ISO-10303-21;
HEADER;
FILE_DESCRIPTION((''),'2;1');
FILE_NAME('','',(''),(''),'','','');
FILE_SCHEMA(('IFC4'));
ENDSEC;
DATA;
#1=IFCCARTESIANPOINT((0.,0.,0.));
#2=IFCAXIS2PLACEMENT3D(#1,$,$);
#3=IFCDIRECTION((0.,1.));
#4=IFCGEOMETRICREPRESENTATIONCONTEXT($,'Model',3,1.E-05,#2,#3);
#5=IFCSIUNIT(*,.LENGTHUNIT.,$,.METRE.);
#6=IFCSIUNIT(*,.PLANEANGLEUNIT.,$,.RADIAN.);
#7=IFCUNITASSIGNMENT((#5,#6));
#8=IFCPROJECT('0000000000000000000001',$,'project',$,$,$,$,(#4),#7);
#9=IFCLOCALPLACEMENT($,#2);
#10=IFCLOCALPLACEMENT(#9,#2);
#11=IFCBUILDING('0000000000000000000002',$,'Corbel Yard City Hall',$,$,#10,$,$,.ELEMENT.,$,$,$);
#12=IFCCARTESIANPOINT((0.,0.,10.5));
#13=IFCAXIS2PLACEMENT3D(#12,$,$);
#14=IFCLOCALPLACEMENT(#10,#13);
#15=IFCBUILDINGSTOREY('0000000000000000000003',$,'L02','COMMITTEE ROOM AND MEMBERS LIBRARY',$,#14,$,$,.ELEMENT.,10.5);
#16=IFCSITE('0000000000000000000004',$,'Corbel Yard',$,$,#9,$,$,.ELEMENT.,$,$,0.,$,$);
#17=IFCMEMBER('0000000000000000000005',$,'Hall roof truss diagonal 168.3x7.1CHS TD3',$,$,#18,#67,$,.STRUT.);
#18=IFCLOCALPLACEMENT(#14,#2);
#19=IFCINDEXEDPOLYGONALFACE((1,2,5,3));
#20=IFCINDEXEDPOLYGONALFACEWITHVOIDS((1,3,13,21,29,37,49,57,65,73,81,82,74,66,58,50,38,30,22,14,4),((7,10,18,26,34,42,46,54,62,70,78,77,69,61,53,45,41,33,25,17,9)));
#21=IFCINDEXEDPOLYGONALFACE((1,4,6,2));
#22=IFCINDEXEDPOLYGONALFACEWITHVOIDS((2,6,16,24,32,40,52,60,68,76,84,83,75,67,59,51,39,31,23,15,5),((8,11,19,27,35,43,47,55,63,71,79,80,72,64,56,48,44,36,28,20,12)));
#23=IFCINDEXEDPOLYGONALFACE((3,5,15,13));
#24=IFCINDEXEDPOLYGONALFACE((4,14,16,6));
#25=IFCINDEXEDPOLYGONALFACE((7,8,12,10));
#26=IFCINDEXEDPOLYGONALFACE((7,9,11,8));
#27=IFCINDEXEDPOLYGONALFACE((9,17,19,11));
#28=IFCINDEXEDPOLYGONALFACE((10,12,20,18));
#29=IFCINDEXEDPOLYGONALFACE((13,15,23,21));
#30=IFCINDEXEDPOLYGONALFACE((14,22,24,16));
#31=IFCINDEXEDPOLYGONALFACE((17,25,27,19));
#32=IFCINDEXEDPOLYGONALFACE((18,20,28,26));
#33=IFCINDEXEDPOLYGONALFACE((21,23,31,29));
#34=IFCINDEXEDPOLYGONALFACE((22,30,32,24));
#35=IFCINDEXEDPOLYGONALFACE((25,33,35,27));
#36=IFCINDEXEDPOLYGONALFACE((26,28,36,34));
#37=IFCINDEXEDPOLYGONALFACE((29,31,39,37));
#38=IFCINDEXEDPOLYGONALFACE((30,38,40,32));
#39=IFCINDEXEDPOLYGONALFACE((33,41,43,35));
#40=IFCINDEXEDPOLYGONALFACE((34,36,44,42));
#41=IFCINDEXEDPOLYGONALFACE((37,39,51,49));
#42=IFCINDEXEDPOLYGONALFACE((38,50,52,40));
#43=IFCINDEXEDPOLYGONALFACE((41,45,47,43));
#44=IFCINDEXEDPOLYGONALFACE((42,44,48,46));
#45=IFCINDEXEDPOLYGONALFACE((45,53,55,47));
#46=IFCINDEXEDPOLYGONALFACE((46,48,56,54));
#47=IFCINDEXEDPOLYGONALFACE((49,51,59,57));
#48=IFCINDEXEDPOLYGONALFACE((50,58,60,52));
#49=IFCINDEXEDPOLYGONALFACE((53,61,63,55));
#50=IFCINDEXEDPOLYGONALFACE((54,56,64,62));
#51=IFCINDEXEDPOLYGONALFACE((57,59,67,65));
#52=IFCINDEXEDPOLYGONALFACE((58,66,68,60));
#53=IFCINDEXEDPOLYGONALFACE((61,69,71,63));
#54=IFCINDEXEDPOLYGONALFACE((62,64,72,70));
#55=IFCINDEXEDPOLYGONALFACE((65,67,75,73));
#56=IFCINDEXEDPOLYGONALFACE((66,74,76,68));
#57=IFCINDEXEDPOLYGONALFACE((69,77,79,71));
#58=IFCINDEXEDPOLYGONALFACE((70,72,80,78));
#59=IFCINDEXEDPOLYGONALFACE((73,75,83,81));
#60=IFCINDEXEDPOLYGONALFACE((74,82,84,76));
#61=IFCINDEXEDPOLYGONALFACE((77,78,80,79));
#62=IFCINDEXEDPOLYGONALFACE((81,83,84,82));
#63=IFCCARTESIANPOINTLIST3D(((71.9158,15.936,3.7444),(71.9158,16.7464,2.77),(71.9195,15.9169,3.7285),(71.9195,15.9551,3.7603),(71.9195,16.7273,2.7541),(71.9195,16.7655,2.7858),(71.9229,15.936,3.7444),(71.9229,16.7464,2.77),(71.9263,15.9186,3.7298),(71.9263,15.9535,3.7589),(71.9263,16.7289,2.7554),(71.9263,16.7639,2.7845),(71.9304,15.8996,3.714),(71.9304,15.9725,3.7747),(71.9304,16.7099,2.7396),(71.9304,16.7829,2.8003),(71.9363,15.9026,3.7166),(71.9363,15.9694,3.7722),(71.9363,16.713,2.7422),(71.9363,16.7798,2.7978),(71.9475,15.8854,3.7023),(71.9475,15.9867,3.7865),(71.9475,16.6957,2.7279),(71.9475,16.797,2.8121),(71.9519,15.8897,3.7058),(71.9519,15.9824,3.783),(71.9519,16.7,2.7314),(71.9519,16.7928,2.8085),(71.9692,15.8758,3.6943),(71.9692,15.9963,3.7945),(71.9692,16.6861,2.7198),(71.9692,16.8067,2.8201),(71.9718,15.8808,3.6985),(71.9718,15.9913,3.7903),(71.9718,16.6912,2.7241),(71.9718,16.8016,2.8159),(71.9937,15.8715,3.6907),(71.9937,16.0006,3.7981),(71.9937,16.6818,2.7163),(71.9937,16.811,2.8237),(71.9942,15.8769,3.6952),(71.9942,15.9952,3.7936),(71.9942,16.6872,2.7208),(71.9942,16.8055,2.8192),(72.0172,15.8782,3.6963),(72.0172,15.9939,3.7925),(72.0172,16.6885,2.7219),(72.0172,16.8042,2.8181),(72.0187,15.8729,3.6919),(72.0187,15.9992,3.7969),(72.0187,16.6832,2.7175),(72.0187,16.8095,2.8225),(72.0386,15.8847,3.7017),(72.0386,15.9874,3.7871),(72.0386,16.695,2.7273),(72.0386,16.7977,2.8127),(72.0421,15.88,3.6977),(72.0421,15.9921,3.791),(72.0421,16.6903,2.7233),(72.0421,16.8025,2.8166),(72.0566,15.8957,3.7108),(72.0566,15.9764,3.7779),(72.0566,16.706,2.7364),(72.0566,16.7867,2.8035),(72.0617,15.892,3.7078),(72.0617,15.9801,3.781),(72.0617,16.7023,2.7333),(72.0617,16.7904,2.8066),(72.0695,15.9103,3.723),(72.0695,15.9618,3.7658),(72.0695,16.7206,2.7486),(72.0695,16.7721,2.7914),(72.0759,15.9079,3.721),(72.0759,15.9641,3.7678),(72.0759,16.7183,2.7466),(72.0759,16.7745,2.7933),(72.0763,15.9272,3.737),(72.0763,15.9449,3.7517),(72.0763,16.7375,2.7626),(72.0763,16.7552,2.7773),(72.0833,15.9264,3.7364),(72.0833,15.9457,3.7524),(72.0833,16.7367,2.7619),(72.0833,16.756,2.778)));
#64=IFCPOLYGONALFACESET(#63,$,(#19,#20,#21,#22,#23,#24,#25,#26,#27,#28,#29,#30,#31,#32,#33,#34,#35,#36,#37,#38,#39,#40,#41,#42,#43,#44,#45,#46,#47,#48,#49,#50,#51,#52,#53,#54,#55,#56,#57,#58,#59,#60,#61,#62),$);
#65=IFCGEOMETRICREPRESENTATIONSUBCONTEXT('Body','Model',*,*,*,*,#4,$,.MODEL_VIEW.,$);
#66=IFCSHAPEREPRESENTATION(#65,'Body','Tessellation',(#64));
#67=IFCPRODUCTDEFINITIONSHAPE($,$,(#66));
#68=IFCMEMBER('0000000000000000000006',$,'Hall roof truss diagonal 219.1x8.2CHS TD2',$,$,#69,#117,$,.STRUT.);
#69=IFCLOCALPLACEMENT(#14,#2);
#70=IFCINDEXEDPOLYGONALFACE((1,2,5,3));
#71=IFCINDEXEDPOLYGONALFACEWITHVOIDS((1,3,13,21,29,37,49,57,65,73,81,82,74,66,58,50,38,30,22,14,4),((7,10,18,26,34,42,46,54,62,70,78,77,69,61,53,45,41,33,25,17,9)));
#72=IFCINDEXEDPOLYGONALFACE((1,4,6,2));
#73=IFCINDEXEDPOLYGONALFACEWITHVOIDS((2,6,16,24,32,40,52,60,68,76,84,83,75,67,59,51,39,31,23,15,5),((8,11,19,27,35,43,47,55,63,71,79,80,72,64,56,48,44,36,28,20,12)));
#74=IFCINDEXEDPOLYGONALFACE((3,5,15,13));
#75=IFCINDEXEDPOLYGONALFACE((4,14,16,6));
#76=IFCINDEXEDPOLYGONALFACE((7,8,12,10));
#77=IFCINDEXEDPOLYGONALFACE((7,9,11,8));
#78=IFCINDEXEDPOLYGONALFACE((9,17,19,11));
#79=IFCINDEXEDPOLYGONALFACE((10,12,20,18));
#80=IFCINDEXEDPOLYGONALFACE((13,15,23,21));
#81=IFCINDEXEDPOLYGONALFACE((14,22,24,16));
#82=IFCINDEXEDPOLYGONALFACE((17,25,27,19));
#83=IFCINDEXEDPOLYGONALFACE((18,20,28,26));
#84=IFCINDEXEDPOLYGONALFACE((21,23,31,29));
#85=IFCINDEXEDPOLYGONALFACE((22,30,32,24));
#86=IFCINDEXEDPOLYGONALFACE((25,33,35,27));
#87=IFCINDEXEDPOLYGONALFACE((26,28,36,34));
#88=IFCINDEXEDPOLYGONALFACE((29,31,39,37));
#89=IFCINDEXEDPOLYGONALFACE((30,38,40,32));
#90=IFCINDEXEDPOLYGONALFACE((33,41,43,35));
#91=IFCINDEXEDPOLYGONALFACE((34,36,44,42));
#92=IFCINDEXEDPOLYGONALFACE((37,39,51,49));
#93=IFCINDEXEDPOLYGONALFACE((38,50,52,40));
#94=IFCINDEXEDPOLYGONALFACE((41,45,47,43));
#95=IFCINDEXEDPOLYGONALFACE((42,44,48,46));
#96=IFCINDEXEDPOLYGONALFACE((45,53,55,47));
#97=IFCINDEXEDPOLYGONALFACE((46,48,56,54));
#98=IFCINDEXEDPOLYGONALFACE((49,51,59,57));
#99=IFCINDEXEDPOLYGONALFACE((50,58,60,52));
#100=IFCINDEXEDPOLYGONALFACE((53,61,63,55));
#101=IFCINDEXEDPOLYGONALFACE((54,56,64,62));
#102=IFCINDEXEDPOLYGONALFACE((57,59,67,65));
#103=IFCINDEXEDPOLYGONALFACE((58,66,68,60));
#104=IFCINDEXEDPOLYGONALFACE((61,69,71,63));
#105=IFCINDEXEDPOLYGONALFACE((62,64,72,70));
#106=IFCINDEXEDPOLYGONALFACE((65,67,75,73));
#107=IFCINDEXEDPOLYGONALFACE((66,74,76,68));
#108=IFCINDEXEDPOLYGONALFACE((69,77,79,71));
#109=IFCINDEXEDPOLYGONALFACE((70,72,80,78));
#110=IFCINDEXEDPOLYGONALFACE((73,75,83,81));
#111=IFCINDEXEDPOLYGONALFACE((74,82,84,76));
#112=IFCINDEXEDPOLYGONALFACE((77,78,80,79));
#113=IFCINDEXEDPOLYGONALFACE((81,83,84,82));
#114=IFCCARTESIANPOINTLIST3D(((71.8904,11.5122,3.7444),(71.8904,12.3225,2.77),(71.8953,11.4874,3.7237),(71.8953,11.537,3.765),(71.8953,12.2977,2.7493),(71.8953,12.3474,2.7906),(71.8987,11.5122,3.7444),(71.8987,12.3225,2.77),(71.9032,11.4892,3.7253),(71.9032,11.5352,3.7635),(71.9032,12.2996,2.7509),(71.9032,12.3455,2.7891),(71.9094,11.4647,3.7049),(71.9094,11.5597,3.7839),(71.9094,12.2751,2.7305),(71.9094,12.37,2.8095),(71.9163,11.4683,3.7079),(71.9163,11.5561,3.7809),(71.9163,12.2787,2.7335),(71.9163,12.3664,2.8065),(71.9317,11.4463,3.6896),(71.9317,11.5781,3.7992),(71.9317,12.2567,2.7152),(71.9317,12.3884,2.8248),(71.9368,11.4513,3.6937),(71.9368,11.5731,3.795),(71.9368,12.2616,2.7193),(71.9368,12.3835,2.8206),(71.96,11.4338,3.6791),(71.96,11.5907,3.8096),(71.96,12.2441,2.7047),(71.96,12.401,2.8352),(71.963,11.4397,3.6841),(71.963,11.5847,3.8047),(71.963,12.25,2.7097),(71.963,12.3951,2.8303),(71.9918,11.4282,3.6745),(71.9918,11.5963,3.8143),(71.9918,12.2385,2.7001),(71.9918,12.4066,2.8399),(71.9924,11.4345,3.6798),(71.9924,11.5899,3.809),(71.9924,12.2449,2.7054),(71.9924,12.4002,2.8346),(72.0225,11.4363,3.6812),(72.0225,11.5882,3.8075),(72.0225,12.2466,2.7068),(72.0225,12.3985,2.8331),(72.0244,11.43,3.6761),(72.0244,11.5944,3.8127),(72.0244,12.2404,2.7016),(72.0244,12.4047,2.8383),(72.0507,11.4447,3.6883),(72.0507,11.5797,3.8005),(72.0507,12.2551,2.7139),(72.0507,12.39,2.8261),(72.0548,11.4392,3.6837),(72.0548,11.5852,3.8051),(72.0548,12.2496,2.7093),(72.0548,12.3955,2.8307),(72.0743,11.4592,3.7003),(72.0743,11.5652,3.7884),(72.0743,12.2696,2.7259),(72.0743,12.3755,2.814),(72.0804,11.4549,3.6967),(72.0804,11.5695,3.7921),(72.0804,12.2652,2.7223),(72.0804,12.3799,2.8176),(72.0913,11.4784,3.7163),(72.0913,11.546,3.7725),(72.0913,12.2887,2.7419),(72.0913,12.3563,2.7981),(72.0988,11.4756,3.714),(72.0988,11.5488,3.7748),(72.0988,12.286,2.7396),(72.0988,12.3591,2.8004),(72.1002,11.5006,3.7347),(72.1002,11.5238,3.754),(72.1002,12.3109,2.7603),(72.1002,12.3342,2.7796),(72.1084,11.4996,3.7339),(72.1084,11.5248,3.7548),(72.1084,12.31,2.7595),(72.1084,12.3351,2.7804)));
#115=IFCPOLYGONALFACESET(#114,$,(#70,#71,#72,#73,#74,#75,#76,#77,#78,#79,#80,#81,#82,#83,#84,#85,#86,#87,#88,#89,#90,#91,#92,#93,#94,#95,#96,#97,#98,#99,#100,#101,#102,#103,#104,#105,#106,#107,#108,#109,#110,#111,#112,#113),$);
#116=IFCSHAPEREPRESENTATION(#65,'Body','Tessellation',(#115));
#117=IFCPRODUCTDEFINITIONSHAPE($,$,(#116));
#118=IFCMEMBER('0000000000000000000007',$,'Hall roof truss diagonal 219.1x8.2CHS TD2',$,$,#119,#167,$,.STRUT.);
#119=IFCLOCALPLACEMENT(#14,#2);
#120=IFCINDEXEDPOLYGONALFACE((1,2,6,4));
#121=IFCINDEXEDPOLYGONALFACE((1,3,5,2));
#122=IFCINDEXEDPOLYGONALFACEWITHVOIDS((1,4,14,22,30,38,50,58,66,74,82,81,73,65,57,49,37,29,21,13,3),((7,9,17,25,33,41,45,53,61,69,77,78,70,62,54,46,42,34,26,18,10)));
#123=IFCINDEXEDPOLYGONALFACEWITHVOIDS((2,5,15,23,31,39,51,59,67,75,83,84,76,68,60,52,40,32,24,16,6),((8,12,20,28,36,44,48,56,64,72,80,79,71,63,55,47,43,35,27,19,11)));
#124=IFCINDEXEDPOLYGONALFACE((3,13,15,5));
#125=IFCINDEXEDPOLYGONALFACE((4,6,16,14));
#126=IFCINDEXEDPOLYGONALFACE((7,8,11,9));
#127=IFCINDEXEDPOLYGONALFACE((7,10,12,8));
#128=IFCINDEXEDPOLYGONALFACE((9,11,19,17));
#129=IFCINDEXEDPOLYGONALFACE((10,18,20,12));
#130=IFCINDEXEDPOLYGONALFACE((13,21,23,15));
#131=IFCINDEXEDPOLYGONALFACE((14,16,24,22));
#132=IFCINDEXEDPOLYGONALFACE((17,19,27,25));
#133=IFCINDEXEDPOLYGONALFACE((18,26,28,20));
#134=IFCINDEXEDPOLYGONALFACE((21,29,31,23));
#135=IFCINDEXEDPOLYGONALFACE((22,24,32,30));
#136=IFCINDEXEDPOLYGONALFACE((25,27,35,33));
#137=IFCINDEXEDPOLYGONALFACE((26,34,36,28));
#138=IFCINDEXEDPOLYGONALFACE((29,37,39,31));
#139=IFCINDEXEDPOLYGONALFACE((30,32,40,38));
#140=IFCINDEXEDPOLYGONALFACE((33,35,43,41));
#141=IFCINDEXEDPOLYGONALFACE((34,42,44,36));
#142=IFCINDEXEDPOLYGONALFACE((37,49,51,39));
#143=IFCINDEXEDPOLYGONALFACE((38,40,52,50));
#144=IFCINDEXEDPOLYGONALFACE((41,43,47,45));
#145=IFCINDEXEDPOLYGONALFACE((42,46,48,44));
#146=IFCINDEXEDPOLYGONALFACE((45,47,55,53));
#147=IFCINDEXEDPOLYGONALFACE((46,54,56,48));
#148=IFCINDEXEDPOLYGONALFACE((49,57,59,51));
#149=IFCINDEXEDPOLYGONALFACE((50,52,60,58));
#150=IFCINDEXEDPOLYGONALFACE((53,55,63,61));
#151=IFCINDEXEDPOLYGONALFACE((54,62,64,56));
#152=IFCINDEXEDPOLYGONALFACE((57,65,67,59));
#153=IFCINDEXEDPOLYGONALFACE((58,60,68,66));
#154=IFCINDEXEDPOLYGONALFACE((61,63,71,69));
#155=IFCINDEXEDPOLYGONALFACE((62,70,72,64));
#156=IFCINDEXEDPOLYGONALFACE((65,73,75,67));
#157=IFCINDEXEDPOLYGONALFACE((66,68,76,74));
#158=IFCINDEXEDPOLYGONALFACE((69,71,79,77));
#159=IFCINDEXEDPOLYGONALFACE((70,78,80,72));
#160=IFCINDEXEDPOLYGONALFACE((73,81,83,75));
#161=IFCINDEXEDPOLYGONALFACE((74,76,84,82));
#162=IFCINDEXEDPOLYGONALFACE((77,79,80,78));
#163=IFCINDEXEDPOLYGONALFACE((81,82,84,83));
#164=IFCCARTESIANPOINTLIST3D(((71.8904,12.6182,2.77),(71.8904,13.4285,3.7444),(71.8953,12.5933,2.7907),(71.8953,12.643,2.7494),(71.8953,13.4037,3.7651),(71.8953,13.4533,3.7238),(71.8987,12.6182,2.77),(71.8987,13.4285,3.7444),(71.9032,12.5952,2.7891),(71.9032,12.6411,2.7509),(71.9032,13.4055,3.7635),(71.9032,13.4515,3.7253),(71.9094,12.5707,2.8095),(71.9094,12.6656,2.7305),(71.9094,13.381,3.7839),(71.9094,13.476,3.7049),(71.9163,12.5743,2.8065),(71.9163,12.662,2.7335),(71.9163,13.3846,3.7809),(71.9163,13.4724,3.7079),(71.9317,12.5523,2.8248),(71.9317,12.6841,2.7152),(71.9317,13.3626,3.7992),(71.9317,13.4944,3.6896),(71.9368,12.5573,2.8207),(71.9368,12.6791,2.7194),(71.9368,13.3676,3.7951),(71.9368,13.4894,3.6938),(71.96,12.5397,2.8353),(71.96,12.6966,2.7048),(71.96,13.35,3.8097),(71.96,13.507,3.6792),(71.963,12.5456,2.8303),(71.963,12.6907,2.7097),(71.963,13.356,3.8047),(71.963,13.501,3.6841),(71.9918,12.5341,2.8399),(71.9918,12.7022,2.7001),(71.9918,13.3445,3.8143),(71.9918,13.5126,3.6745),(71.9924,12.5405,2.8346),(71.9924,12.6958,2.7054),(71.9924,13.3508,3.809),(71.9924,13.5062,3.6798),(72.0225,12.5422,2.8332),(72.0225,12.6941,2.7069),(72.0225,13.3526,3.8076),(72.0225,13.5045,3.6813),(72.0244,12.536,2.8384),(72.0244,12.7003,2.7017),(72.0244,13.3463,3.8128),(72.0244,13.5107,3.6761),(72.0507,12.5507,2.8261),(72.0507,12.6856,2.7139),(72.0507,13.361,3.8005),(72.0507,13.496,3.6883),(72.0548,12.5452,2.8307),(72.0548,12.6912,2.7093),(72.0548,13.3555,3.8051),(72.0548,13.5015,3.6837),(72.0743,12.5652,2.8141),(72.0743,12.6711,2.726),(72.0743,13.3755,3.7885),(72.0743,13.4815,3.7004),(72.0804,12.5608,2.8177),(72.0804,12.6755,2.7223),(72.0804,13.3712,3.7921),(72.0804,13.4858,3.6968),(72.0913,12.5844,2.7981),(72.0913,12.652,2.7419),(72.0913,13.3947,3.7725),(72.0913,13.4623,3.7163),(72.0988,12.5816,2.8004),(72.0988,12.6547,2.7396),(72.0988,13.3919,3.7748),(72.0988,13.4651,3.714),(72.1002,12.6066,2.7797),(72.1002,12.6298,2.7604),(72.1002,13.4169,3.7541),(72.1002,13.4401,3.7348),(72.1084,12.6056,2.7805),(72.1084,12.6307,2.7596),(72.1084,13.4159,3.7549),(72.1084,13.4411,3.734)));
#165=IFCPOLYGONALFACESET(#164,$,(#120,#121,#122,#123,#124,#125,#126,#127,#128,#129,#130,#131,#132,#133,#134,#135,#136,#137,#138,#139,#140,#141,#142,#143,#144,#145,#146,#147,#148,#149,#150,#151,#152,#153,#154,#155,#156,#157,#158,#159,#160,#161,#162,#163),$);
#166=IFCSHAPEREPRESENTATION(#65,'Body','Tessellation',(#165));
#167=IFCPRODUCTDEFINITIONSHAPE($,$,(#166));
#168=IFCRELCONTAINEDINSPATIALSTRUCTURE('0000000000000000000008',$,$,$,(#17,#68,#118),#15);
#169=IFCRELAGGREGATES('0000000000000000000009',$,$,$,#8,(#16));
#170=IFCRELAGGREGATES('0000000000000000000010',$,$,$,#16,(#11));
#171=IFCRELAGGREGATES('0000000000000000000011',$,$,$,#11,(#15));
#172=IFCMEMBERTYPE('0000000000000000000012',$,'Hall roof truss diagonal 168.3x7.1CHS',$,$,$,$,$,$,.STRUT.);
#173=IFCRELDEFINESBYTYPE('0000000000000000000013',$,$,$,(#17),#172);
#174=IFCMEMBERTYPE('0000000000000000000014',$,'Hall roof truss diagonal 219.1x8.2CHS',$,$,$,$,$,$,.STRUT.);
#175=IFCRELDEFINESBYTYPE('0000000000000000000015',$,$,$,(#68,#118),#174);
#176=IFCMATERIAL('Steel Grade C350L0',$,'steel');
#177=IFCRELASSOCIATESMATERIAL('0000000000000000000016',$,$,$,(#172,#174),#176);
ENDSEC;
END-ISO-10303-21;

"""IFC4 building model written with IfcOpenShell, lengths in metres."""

from ifc_helpers import new_model, si_unit, direction, frame, origin, origin_2d, place, context, subcontext, project, spatial, hollow_circle, extrude, material, material_profile, profile_set, type_object, element, save


model = new_model("IFC4")

# Units and contexts
model_context = context("Model", 3, precision=1e-05, world=origin(), true_north=direction((0.0, 1.0)))
body_context = subcontext(model_context, "Body", "Model", "MODEL_VIEW")
ifc_project = project(units=[si_unit("LENGTHUNIT", "METRE"), si_unit("PLANEANGLEUNIT", "RADIAN")], contexts=[model_context])

# Site, building, storey
site_placement = place(None, origin())
site = spatial("IfcSite", under=ifc_project, at=site_placement, Name="Corbel Yard", CompositionType="ELEMENT", RefElevation=0.0)
building_placement = place(site_placement, origin())
building = spatial("IfcBuilding", under=site, at=building_placement, Name="Corbel Yard City Hall", CompositionType="ELEMENT")
storey_placement = place(building_placement, frame((0.0, 0.0, 10.5)))
storey = spatial("IfcBuildingStorey", under=building, at=storey_placement, Name="L02", Description="COMMITTEE ROOM AND MEMBERS LIBRARY", CompositionType="ELEMENT", Elevation=10.5)

# Members
ifc_material_1 = material(Name="Steel Grade C350L0", Category="steel")
ifc_material_profile_1 = material_profile(ifc_material_1, hollow_circle(Radius=0.0842, WallThickness=0.0071, at=origin_2d()), Name="168.3x7.1CHS")
ifc_profile_set_1 = profile_set([ifc_material_profile_1], Name="Steel Grade C350L0")
member_type_1 = type_object("IfcMemberType", Name="Hall roof truss diagonal 168.3x7.1CHS", PredefinedType="STRUT", material=ifc_profile_set_1)
for number, where, z_axis, x_axis, name in (
    (1, (72.0, 15.936, 3.7444), (0.0, 0.639407, -0.768868), (-1.0, 0.0, 0.0), "Hall roof truss diagonal 168.3x7.1CHS TD3"),
):
    element("IfcMember", number, at=place(storey_placement, frame(where, z_axis=z_axis, x_axis=x_axis)), inside=storey, type_object=member_type_1, Name=name, PredefinedType="STRUT", context=body_context, shape_type="SweptSolid", body=[
        extrude(hollow_circle(Radius=0.0842, WallThickness=0.0071, at=origin_2d()), origin(), (0.0, 0.0, 1.0), 1.2673),
    ])
ifc_material_profile_2 = material_profile(ifc_material_1, hollow_circle(Radius=0.1096, WallThickness=0.0083, at=origin_2d()), Name="219.1x8.2CHS")
ifc_profile_set_2 = profile_set([ifc_material_profile_2], Name="Steel Grade C350L0")
member_type_2 = type_object("IfcMemberType", Name="Hall roof truss diagonal 219.1x8.2CHS", PredefinedType="STRUT", material=ifc_profile_set_2)
for number, where, z_axis, x_axis, name in (
    (2, (72.0, 11.5122, 3.7444), (0.0, 0.639407, -0.768868), (-1.0, 0.0, 0.0), "Hall roof truss diagonal 219.1x8.2CHS TD2"),
    (3, (72.0, 12.6182, 2.77), (0.0, 0.639407, 0.768868), (-1.0, 0.0, 0.0), "Hall roof truss diagonal 219.1x8.2CHS TD2"),
):
    element("IfcMember", number, at=place(storey_placement, frame(where, z_axis=z_axis, x_axis=x_axis)), inside=storey, type_object=member_type_2, Name=name, PredefinedType="STRUT", context=body_context, shape_type="SweptSolid", body=[
        extrude(hollow_circle(Radius=0.1096, WallThickness=0.0083, at=origin_2d()), origin(), (0.0, 0.0, 1.0), 1.2673),
    ])

save(model, "model.ifc")
